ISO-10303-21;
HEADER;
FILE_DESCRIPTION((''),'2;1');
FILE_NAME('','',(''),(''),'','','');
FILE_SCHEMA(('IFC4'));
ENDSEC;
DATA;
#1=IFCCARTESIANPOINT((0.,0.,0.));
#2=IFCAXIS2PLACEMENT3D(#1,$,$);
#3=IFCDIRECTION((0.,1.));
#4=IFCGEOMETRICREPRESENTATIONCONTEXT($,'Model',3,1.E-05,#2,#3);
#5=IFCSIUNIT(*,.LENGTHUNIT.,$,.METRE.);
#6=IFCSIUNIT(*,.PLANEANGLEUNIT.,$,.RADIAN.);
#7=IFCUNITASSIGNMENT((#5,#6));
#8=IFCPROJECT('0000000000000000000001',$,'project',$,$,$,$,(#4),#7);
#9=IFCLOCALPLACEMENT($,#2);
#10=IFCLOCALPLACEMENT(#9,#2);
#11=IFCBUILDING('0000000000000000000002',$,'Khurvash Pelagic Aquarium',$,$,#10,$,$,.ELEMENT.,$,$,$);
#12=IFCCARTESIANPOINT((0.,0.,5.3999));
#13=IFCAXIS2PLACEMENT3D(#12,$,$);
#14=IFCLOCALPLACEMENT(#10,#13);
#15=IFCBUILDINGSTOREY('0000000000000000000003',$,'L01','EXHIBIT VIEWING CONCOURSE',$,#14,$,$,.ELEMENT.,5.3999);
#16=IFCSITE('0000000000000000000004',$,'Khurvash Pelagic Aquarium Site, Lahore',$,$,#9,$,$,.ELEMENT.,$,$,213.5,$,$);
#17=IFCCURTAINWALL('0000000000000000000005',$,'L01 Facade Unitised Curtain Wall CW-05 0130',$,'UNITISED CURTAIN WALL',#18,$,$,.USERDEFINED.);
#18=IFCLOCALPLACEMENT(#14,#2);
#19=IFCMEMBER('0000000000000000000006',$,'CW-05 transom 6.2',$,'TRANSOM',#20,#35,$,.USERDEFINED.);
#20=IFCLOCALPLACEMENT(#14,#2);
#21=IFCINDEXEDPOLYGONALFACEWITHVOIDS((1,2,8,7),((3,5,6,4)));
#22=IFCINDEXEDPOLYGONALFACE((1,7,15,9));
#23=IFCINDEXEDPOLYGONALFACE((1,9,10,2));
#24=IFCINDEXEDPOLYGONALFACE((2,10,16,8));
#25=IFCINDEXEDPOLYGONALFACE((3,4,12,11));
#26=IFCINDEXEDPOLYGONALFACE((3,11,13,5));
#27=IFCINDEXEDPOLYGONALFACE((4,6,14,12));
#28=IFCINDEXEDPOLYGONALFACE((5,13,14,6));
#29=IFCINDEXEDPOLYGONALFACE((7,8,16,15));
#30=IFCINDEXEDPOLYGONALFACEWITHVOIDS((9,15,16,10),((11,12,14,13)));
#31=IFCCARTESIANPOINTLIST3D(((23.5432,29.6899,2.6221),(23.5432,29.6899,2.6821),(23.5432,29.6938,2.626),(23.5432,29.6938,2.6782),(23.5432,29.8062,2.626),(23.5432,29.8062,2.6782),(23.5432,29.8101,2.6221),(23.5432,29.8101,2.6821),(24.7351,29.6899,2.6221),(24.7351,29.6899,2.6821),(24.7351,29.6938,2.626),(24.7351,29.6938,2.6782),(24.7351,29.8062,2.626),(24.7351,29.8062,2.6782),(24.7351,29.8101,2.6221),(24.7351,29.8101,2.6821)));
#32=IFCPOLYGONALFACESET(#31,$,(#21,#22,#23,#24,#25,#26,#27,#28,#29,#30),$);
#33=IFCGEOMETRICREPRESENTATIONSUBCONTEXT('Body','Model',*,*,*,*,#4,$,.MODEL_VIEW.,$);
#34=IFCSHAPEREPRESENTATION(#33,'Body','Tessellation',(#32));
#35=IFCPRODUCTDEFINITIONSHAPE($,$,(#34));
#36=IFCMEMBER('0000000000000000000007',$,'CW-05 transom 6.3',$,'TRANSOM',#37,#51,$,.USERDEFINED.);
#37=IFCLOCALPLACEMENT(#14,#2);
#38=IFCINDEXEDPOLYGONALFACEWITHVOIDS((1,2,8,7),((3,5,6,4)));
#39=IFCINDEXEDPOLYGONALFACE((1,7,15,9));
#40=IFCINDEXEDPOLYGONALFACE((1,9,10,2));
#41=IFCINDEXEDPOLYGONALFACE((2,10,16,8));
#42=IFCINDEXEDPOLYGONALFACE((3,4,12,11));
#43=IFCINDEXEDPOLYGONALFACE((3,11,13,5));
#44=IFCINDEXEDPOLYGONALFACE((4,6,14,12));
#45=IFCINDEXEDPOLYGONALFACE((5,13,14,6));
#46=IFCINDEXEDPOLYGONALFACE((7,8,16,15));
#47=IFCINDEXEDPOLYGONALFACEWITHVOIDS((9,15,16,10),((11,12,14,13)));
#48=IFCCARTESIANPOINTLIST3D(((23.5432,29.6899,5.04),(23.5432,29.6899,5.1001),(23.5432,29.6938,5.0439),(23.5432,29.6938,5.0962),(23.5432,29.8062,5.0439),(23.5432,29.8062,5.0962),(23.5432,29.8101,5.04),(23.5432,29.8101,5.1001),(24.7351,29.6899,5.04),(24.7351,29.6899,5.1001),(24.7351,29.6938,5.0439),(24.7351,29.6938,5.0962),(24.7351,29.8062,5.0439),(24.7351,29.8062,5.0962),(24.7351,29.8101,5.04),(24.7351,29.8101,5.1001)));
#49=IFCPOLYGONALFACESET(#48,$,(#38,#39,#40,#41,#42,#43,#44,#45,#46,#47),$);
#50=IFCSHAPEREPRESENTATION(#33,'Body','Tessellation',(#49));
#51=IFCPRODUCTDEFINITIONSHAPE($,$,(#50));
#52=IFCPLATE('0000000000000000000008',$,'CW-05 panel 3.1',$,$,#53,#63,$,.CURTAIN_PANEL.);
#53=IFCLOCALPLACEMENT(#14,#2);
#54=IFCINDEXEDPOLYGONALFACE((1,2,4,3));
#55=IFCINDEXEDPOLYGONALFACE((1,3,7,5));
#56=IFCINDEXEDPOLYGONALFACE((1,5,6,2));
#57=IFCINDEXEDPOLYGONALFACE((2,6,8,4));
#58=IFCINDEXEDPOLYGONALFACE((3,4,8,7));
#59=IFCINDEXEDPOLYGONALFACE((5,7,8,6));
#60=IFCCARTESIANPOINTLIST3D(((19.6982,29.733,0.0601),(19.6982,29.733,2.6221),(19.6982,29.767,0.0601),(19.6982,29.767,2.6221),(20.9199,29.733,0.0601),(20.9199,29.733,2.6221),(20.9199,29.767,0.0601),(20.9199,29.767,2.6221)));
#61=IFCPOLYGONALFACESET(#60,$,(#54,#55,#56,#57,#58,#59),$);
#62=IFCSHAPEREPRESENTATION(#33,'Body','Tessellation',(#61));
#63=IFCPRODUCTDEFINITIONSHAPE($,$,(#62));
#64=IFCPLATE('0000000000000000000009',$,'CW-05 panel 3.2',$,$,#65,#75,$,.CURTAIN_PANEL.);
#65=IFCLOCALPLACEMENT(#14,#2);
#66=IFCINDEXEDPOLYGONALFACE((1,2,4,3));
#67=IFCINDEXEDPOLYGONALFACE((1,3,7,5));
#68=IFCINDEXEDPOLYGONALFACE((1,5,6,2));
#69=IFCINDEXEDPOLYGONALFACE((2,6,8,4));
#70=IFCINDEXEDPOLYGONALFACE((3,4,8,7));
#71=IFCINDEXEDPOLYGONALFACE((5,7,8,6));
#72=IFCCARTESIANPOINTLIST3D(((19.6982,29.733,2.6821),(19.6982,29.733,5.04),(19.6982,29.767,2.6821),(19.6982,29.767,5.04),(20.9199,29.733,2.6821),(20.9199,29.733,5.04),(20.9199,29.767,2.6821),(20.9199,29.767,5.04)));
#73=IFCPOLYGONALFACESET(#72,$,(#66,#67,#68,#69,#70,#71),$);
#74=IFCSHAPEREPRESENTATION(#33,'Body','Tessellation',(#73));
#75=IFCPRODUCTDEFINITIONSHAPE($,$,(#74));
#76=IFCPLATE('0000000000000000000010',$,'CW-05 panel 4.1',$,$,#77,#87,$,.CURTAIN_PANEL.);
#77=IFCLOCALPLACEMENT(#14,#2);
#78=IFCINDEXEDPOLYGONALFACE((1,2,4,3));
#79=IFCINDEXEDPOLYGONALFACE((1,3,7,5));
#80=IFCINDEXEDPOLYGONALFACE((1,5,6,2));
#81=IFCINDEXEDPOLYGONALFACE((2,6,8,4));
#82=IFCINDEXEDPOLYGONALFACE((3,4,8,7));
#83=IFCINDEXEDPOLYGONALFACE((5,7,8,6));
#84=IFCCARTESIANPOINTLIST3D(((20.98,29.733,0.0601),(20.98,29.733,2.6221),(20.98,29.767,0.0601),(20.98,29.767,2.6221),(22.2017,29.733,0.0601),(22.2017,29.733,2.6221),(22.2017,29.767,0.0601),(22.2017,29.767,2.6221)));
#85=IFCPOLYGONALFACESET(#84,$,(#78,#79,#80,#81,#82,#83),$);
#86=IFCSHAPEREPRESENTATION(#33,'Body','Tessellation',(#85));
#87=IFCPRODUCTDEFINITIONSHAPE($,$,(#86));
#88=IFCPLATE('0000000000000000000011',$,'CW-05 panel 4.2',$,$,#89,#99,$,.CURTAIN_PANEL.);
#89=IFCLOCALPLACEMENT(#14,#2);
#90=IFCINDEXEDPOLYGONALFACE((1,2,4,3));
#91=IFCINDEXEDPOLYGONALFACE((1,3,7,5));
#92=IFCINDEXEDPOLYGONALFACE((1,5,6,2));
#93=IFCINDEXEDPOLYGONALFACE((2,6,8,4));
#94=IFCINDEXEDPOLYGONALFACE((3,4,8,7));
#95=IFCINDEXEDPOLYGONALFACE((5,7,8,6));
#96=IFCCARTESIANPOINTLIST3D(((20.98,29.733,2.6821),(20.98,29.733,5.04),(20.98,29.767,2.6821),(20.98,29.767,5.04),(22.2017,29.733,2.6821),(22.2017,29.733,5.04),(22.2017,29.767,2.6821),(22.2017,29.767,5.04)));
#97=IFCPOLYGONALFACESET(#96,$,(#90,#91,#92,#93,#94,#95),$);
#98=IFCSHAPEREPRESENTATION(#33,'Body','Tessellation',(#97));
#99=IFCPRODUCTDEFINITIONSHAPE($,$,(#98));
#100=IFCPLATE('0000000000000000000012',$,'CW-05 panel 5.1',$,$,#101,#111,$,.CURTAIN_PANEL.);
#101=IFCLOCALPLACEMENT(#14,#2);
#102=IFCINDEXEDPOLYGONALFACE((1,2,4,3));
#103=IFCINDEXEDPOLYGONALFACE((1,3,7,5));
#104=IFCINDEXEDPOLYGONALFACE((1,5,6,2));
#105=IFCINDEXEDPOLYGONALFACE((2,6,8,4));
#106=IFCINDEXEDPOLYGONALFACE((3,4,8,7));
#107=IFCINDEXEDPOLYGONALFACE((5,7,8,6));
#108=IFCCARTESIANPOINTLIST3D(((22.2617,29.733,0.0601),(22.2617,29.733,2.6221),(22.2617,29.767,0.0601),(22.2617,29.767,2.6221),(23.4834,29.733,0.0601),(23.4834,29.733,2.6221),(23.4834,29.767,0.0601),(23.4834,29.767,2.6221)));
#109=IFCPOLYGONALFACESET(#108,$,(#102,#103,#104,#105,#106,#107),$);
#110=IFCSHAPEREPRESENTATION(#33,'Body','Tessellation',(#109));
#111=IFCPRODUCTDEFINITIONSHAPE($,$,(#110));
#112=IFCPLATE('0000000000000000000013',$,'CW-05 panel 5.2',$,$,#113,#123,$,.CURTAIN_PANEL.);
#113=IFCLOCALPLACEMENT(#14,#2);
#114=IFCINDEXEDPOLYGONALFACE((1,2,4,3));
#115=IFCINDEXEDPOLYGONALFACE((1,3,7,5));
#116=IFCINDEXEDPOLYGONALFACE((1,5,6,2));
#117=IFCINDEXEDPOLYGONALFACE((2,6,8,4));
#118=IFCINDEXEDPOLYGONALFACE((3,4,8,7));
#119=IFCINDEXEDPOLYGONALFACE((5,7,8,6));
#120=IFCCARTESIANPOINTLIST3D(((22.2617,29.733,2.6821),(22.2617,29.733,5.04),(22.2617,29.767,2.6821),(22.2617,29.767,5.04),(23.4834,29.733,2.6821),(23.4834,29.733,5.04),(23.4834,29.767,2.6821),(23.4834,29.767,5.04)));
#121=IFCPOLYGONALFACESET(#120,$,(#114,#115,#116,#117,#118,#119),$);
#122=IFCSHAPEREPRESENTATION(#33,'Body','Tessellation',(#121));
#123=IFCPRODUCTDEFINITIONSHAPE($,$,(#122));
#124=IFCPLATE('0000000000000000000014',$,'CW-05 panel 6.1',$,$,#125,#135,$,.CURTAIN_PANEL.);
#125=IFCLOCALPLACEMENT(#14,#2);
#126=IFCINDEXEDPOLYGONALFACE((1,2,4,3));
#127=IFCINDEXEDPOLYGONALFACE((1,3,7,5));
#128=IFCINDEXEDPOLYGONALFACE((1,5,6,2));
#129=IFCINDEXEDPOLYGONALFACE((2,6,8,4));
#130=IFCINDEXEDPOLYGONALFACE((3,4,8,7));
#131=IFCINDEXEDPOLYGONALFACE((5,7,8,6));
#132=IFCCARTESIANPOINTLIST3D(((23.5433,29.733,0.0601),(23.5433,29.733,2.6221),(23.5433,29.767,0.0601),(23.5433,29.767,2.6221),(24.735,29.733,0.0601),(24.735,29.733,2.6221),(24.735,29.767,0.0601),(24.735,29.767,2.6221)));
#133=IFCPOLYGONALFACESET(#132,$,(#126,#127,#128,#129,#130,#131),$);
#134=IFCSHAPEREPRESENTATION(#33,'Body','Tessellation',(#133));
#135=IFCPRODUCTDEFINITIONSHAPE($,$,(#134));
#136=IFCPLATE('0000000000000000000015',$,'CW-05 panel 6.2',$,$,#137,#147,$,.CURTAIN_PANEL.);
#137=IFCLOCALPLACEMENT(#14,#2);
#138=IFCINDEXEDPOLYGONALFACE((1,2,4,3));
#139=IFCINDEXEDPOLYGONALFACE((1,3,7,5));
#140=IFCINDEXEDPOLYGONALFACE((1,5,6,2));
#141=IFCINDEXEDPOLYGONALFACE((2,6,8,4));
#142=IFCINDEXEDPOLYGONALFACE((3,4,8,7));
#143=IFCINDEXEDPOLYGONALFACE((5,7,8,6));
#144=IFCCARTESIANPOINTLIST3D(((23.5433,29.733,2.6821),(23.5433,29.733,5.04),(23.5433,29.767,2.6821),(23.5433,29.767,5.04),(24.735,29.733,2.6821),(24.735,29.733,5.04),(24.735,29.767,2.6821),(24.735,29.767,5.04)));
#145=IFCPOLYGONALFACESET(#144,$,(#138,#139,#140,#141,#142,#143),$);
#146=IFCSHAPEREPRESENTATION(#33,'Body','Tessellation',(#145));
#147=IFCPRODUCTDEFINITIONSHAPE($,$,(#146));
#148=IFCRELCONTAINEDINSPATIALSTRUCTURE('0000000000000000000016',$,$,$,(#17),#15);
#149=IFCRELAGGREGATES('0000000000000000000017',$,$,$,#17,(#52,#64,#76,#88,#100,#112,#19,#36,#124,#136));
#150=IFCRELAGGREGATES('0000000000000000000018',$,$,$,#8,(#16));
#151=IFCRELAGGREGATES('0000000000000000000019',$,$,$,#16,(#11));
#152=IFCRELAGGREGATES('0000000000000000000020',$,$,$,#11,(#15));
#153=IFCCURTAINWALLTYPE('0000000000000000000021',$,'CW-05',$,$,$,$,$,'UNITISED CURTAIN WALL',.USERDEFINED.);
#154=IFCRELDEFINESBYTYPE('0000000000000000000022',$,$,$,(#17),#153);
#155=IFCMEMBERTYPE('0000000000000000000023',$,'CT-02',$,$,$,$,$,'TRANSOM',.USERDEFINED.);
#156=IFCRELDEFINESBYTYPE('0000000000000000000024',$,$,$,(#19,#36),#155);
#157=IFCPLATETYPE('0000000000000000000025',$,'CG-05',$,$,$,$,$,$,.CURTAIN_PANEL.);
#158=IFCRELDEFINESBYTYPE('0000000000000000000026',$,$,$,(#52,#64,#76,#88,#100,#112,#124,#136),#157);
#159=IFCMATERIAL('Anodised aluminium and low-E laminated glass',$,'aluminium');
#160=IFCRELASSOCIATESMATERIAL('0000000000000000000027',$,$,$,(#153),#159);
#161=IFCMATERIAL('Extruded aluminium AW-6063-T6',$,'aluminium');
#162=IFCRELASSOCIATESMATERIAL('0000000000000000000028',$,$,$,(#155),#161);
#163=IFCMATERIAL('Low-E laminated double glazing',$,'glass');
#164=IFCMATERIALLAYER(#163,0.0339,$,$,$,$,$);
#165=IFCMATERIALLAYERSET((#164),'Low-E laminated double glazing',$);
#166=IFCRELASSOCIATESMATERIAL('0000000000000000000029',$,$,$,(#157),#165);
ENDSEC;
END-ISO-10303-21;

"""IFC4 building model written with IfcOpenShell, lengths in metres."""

from ifc_helpers import new_model, si_unit, direction, frame, origin, origin_2d, place, context, subcontext, project, spatial, rectangle, hollow_rectangle, extrude, material, layer, layer_set, material_profile, profile_set, type_object, element, aggregate, save


model = new_model("IFC4")

# Units and contexts
model_context = context("Model", 3, precision=1e-05, world=origin(), true_north=direction((0.0, 1.0)))
body_context = subcontext(model_context, "Body", "Model", "MODEL_VIEW")
ifc_project = project(units=[si_unit("LENGTHUNIT", "METRE"), si_unit("PLANEANGLEUNIT", "RADIAN")], contexts=[model_context])

# Site, building, storey
site_placement = place(None, origin())
site = spatial("IfcSite", under=ifc_project, at=site_placement, Name="Khurvash Pelagic Aquarium Site, Lahore", CompositionType="ELEMENT", RefElevation=213.5)
building_placement = place(site_placement, origin())
building = spatial("IfcBuilding", under=site, at=building_placement, Name="Khurvash Pelagic Aquarium", CompositionType="ELEMENT")
storey_placement = place(building_placement, frame((0.0, 0.0, 5.3999)))
storey = spatial("IfcBuildingStorey", under=building, at=storey_placement, Name="L01", Description="EXHIBIT VIEWING CONCOURSE", CompositionType="ELEMENT", Elevation=5.3999)

# Curtain wall, members, plates
ifc_material_1 = material(Name="Anodised aluminium and low-E laminated glass", Category="aluminium")
curtain_wall_type = type_object("IfcCurtainWallType", Name="CW-05", ElementType="UNITISED CURTAIN WALL", PredefinedType="USERDEFINED", material=ifc_material_1)
curtain_wall_placement = place(storey_placement, origin())
curtain_wall = element("IfcCurtainWall", 1, at=curtain_wall_placement, inside=storey, type_object=curtain_wall_type, Name="L01 Facade Unitised Curtain Wall CW-05 0130", ObjectType="UNITISED CURTAIN WALL", PredefinedType="USERDEFINED")
ifc_material_2 = material(Name="Extruded aluminium AW-6063-T6", Category="aluminium")
ifc_material_profile_1 = material_profile(ifc_material_2, hollow_rectangle(XDim=0.1201, YDim=0.0601, WallThickness=0.0039, at=origin_2d()), Name="CWT120X60X4")
ifc_profile_set_1 = profile_set([ifc_material_profile_1], Name="Extruded aluminium AW-6063-T6")
member_type_1 = type_object("IfcMemberType", Name="CT-02", ElementType="TRANSOM", PredefinedType="USERDEFINED", material=ifc_profile_set_1)
member_1_placement = place(storey_placement, frame((23.5432, 29.75, 2.6521), z_axis=(1.0, 0.0, 0.0), x_axis=(0.0, 1.0, 0.0)))
member_1 = element("IfcMember", 2, at=member_1_placement, type_object=member_type_1, Name="CW-05 transom 6.2", ObjectType="TRANSOM", PredefinedType="USERDEFINED", context=body_context, shape_type="SweptSolid", body=[
    extrude(hollow_rectangle(XDim=0.1201, YDim=0.0601, WallThickness=0.0039, at=origin_2d()), origin(), (0.0, 0.0, 1.0), 1.1919),
])
member_2_placement = place(storey_placement, frame((23.5432, 29.75, 5.0701), z_axis=(1.0, 0.0, 0.0), x_axis=(0.0, 1.0, 0.0)))
member_2 = element("IfcMember", 3, at=member_2_placement, type_object=member_type_1, Name="CW-05 transom 6.3", ObjectType="TRANSOM", PredefinedType="USERDEFINED", context=body_context, shape_type="SweptSolid", body=[
    extrude(hollow_rectangle(XDim=0.1201, YDim=0.0601, WallThickness=0.0039, at=origin_2d()), origin(), (0.0, 0.0, 1.0), 1.1919),
])
ifc_material_3 = material(Name="Low-E laminated double glazing", Category="glass")
ifc_layer = layer(ifc_material_3, 0.0339)
ifc_layer_set = layer_set([ifc_layer], Name="Low-E laminated double glazing")
plate_type = type_object("IfcPlateType", Name="CG-05", PredefinedType="CURTAIN_PANEL", material=ifc_layer_set)
plate_1_placement = place(storey_placement, frame((20.3091, 29.75, 0.0601), z_axis=(0.0, 0.0, 1.0), x_axis=(1.0, 0.0, 0.0)))
plate_1 = element("IfcPlate", 4, at=plate_1_placement, type_object=plate_type, Name="CW-05 panel 3.1", PredefinedType="CURTAIN_PANEL", context=body_context, shape_type="SweptSolid", body=[
    extrude(rectangle(XDim=1.2217, YDim=0.0339, at=origin_2d()), origin(), (0.0, 0.0, 1.0), 2.562),
])
plate_2_placement = place(storey_placement, frame((20.3091, 29.75, 2.6821), z_axis=(0.0, 0.0, 1.0), x_axis=(1.0, 0.0, 0.0)))
plate_2 = element("IfcPlate", 5, at=plate_2_placement, type_object=plate_type, Name="CW-05 panel 3.2", PredefinedType="CURTAIN_PANEL", context=body_context, shape_type="SweptSolid", body=[
    extrude(rectangle(XDim=1.2217, YDim=0.0339, at=origin_2d()), origin(), (0.0, 0.0, 1.0), 2.3579),
])
plate_3_placement = place(storey_placement, frame((21.5908, 29.75, 0.0601), z_axis=(0.0, 0.0, 1.0), x_axis=(1.0, 0.0, 0.0)))
plate_3 = element("IfcPlate", 6, at=plate_3_placement, type_object=plate_type, Name="CW-05 panel 4.1", PredefinedType="CURTAIN_PANEL", context=body_context, shape_type="SweptSolid", body=[
    extrude(rectangle(XDim=1.2217, YDim=0.0339, at=origin_2d()), origin(), (0.0, 0.0, 1.0), 2.562),
])
plate_4_placement = place(storey_placement, frame((21.5908, 29.75, 2.6821), z_axis=(0.0, 0.0, 1.0), x_axis=(1.0, 0.0, 0.0)))
plate_4 = element("IfcPlate", 7, at=plate_4_placement, type_object=plate_type, Name="CW-05 panel 4.2", PredefinedType="CURTAIN_PANEL", context=body_context, shape_type="SweptSolid", body=[
    extrude(rectangle(XDim=1.2217, YDim=0.0339, at=origin_2d()), origin(), (0.0, 0.0, 1.0), 2.3579),
])
plate_5_placement = place(storey_placement, frame((22.8726, 29.75, 0.0601), z_axis=(0.0, 0.0, 1.0), x_axis=(1.0, 0.0, 0.0)))
plate_5 = element("IfcPlate", 8, at=plate_5_placement, type_object=plate_type, Name="CW-05 panel 5.1", PredefinedType="CURTAIN_PANEL", context=body_context, shape_type="SweptSolid", body=[
    extrude(rectangle(XDim=1.2217, YDim=0.0339, at=origin_2d()), origin(), (0.0, 0.0, 1.0), 2.562),
])
plate_6_placement = place(storey_placement, frame((22.8726, 29.75, 2.6821), z_axis=(0.0, 0.0, 1.0), x_axis=(1.0, 0.0, 0.0)))
plate_6 = element("IfcPlate", 9, at=plate_6_placement, type_object=plate_type, Name="CW-05 panel 5.2", PredefinedType="CURTAIN_PANEL", context=body_context, shape_type="SweptSolid", body=[
    extrude(rectangle(XDim=1.2217, YDim=0.0339, at=origin_2d()), origin(), (0.0, 0.0, 1.0), 2.3579),
])
plate_7_placement = place(storey_placement, frame((24.1392, 29.75, 0.0601), z_axis=(0.0, 0.0, 1.0), x_axis=(1.0, 0.0, 0.0)))
plate_7 = element("IfcPlate", 10, at=plate_7_placement, type_object=plate_type, Name="CW-05 panel 6.1", PredefinedType="CURTAIN_PANEL", context=body_context, shape_type="SweptSolid", body=[
    extrude(rectangle(XDim=1.1917, YDim=0.0339, at=origin_2d()), origin(), (0.0, 0.0, 1.0), 2.562),
])
plate_8_placement = place(storey_placement, frame((24.1392, 29.75, 2.6821), z_axis=(0.0, 0.0, 1.0), x_axis=(1.0, 0.0, 0.0)))
plate_8 = element("IfcPlate", 11, at=plate_8_placement, type_object=plate_type, Name="CW-05 panel 6.2", PredefinedType="CURTAIN_PANEL", context=body_context, shape_type="SweptSolid", body=[
    extrude(rectangle(XDim=1.1917, YDim=0.0339, at=origin_2d()), origin(), (0.0, 0.0, 1.0), 2.3579),
])
aggregate(curtain_wall, [plate_1, plate_2, plate_3, plate_4, plate_5, plate_6, member_1, member_2, plate_7, plate_8])

save(model, "model.ifc")
